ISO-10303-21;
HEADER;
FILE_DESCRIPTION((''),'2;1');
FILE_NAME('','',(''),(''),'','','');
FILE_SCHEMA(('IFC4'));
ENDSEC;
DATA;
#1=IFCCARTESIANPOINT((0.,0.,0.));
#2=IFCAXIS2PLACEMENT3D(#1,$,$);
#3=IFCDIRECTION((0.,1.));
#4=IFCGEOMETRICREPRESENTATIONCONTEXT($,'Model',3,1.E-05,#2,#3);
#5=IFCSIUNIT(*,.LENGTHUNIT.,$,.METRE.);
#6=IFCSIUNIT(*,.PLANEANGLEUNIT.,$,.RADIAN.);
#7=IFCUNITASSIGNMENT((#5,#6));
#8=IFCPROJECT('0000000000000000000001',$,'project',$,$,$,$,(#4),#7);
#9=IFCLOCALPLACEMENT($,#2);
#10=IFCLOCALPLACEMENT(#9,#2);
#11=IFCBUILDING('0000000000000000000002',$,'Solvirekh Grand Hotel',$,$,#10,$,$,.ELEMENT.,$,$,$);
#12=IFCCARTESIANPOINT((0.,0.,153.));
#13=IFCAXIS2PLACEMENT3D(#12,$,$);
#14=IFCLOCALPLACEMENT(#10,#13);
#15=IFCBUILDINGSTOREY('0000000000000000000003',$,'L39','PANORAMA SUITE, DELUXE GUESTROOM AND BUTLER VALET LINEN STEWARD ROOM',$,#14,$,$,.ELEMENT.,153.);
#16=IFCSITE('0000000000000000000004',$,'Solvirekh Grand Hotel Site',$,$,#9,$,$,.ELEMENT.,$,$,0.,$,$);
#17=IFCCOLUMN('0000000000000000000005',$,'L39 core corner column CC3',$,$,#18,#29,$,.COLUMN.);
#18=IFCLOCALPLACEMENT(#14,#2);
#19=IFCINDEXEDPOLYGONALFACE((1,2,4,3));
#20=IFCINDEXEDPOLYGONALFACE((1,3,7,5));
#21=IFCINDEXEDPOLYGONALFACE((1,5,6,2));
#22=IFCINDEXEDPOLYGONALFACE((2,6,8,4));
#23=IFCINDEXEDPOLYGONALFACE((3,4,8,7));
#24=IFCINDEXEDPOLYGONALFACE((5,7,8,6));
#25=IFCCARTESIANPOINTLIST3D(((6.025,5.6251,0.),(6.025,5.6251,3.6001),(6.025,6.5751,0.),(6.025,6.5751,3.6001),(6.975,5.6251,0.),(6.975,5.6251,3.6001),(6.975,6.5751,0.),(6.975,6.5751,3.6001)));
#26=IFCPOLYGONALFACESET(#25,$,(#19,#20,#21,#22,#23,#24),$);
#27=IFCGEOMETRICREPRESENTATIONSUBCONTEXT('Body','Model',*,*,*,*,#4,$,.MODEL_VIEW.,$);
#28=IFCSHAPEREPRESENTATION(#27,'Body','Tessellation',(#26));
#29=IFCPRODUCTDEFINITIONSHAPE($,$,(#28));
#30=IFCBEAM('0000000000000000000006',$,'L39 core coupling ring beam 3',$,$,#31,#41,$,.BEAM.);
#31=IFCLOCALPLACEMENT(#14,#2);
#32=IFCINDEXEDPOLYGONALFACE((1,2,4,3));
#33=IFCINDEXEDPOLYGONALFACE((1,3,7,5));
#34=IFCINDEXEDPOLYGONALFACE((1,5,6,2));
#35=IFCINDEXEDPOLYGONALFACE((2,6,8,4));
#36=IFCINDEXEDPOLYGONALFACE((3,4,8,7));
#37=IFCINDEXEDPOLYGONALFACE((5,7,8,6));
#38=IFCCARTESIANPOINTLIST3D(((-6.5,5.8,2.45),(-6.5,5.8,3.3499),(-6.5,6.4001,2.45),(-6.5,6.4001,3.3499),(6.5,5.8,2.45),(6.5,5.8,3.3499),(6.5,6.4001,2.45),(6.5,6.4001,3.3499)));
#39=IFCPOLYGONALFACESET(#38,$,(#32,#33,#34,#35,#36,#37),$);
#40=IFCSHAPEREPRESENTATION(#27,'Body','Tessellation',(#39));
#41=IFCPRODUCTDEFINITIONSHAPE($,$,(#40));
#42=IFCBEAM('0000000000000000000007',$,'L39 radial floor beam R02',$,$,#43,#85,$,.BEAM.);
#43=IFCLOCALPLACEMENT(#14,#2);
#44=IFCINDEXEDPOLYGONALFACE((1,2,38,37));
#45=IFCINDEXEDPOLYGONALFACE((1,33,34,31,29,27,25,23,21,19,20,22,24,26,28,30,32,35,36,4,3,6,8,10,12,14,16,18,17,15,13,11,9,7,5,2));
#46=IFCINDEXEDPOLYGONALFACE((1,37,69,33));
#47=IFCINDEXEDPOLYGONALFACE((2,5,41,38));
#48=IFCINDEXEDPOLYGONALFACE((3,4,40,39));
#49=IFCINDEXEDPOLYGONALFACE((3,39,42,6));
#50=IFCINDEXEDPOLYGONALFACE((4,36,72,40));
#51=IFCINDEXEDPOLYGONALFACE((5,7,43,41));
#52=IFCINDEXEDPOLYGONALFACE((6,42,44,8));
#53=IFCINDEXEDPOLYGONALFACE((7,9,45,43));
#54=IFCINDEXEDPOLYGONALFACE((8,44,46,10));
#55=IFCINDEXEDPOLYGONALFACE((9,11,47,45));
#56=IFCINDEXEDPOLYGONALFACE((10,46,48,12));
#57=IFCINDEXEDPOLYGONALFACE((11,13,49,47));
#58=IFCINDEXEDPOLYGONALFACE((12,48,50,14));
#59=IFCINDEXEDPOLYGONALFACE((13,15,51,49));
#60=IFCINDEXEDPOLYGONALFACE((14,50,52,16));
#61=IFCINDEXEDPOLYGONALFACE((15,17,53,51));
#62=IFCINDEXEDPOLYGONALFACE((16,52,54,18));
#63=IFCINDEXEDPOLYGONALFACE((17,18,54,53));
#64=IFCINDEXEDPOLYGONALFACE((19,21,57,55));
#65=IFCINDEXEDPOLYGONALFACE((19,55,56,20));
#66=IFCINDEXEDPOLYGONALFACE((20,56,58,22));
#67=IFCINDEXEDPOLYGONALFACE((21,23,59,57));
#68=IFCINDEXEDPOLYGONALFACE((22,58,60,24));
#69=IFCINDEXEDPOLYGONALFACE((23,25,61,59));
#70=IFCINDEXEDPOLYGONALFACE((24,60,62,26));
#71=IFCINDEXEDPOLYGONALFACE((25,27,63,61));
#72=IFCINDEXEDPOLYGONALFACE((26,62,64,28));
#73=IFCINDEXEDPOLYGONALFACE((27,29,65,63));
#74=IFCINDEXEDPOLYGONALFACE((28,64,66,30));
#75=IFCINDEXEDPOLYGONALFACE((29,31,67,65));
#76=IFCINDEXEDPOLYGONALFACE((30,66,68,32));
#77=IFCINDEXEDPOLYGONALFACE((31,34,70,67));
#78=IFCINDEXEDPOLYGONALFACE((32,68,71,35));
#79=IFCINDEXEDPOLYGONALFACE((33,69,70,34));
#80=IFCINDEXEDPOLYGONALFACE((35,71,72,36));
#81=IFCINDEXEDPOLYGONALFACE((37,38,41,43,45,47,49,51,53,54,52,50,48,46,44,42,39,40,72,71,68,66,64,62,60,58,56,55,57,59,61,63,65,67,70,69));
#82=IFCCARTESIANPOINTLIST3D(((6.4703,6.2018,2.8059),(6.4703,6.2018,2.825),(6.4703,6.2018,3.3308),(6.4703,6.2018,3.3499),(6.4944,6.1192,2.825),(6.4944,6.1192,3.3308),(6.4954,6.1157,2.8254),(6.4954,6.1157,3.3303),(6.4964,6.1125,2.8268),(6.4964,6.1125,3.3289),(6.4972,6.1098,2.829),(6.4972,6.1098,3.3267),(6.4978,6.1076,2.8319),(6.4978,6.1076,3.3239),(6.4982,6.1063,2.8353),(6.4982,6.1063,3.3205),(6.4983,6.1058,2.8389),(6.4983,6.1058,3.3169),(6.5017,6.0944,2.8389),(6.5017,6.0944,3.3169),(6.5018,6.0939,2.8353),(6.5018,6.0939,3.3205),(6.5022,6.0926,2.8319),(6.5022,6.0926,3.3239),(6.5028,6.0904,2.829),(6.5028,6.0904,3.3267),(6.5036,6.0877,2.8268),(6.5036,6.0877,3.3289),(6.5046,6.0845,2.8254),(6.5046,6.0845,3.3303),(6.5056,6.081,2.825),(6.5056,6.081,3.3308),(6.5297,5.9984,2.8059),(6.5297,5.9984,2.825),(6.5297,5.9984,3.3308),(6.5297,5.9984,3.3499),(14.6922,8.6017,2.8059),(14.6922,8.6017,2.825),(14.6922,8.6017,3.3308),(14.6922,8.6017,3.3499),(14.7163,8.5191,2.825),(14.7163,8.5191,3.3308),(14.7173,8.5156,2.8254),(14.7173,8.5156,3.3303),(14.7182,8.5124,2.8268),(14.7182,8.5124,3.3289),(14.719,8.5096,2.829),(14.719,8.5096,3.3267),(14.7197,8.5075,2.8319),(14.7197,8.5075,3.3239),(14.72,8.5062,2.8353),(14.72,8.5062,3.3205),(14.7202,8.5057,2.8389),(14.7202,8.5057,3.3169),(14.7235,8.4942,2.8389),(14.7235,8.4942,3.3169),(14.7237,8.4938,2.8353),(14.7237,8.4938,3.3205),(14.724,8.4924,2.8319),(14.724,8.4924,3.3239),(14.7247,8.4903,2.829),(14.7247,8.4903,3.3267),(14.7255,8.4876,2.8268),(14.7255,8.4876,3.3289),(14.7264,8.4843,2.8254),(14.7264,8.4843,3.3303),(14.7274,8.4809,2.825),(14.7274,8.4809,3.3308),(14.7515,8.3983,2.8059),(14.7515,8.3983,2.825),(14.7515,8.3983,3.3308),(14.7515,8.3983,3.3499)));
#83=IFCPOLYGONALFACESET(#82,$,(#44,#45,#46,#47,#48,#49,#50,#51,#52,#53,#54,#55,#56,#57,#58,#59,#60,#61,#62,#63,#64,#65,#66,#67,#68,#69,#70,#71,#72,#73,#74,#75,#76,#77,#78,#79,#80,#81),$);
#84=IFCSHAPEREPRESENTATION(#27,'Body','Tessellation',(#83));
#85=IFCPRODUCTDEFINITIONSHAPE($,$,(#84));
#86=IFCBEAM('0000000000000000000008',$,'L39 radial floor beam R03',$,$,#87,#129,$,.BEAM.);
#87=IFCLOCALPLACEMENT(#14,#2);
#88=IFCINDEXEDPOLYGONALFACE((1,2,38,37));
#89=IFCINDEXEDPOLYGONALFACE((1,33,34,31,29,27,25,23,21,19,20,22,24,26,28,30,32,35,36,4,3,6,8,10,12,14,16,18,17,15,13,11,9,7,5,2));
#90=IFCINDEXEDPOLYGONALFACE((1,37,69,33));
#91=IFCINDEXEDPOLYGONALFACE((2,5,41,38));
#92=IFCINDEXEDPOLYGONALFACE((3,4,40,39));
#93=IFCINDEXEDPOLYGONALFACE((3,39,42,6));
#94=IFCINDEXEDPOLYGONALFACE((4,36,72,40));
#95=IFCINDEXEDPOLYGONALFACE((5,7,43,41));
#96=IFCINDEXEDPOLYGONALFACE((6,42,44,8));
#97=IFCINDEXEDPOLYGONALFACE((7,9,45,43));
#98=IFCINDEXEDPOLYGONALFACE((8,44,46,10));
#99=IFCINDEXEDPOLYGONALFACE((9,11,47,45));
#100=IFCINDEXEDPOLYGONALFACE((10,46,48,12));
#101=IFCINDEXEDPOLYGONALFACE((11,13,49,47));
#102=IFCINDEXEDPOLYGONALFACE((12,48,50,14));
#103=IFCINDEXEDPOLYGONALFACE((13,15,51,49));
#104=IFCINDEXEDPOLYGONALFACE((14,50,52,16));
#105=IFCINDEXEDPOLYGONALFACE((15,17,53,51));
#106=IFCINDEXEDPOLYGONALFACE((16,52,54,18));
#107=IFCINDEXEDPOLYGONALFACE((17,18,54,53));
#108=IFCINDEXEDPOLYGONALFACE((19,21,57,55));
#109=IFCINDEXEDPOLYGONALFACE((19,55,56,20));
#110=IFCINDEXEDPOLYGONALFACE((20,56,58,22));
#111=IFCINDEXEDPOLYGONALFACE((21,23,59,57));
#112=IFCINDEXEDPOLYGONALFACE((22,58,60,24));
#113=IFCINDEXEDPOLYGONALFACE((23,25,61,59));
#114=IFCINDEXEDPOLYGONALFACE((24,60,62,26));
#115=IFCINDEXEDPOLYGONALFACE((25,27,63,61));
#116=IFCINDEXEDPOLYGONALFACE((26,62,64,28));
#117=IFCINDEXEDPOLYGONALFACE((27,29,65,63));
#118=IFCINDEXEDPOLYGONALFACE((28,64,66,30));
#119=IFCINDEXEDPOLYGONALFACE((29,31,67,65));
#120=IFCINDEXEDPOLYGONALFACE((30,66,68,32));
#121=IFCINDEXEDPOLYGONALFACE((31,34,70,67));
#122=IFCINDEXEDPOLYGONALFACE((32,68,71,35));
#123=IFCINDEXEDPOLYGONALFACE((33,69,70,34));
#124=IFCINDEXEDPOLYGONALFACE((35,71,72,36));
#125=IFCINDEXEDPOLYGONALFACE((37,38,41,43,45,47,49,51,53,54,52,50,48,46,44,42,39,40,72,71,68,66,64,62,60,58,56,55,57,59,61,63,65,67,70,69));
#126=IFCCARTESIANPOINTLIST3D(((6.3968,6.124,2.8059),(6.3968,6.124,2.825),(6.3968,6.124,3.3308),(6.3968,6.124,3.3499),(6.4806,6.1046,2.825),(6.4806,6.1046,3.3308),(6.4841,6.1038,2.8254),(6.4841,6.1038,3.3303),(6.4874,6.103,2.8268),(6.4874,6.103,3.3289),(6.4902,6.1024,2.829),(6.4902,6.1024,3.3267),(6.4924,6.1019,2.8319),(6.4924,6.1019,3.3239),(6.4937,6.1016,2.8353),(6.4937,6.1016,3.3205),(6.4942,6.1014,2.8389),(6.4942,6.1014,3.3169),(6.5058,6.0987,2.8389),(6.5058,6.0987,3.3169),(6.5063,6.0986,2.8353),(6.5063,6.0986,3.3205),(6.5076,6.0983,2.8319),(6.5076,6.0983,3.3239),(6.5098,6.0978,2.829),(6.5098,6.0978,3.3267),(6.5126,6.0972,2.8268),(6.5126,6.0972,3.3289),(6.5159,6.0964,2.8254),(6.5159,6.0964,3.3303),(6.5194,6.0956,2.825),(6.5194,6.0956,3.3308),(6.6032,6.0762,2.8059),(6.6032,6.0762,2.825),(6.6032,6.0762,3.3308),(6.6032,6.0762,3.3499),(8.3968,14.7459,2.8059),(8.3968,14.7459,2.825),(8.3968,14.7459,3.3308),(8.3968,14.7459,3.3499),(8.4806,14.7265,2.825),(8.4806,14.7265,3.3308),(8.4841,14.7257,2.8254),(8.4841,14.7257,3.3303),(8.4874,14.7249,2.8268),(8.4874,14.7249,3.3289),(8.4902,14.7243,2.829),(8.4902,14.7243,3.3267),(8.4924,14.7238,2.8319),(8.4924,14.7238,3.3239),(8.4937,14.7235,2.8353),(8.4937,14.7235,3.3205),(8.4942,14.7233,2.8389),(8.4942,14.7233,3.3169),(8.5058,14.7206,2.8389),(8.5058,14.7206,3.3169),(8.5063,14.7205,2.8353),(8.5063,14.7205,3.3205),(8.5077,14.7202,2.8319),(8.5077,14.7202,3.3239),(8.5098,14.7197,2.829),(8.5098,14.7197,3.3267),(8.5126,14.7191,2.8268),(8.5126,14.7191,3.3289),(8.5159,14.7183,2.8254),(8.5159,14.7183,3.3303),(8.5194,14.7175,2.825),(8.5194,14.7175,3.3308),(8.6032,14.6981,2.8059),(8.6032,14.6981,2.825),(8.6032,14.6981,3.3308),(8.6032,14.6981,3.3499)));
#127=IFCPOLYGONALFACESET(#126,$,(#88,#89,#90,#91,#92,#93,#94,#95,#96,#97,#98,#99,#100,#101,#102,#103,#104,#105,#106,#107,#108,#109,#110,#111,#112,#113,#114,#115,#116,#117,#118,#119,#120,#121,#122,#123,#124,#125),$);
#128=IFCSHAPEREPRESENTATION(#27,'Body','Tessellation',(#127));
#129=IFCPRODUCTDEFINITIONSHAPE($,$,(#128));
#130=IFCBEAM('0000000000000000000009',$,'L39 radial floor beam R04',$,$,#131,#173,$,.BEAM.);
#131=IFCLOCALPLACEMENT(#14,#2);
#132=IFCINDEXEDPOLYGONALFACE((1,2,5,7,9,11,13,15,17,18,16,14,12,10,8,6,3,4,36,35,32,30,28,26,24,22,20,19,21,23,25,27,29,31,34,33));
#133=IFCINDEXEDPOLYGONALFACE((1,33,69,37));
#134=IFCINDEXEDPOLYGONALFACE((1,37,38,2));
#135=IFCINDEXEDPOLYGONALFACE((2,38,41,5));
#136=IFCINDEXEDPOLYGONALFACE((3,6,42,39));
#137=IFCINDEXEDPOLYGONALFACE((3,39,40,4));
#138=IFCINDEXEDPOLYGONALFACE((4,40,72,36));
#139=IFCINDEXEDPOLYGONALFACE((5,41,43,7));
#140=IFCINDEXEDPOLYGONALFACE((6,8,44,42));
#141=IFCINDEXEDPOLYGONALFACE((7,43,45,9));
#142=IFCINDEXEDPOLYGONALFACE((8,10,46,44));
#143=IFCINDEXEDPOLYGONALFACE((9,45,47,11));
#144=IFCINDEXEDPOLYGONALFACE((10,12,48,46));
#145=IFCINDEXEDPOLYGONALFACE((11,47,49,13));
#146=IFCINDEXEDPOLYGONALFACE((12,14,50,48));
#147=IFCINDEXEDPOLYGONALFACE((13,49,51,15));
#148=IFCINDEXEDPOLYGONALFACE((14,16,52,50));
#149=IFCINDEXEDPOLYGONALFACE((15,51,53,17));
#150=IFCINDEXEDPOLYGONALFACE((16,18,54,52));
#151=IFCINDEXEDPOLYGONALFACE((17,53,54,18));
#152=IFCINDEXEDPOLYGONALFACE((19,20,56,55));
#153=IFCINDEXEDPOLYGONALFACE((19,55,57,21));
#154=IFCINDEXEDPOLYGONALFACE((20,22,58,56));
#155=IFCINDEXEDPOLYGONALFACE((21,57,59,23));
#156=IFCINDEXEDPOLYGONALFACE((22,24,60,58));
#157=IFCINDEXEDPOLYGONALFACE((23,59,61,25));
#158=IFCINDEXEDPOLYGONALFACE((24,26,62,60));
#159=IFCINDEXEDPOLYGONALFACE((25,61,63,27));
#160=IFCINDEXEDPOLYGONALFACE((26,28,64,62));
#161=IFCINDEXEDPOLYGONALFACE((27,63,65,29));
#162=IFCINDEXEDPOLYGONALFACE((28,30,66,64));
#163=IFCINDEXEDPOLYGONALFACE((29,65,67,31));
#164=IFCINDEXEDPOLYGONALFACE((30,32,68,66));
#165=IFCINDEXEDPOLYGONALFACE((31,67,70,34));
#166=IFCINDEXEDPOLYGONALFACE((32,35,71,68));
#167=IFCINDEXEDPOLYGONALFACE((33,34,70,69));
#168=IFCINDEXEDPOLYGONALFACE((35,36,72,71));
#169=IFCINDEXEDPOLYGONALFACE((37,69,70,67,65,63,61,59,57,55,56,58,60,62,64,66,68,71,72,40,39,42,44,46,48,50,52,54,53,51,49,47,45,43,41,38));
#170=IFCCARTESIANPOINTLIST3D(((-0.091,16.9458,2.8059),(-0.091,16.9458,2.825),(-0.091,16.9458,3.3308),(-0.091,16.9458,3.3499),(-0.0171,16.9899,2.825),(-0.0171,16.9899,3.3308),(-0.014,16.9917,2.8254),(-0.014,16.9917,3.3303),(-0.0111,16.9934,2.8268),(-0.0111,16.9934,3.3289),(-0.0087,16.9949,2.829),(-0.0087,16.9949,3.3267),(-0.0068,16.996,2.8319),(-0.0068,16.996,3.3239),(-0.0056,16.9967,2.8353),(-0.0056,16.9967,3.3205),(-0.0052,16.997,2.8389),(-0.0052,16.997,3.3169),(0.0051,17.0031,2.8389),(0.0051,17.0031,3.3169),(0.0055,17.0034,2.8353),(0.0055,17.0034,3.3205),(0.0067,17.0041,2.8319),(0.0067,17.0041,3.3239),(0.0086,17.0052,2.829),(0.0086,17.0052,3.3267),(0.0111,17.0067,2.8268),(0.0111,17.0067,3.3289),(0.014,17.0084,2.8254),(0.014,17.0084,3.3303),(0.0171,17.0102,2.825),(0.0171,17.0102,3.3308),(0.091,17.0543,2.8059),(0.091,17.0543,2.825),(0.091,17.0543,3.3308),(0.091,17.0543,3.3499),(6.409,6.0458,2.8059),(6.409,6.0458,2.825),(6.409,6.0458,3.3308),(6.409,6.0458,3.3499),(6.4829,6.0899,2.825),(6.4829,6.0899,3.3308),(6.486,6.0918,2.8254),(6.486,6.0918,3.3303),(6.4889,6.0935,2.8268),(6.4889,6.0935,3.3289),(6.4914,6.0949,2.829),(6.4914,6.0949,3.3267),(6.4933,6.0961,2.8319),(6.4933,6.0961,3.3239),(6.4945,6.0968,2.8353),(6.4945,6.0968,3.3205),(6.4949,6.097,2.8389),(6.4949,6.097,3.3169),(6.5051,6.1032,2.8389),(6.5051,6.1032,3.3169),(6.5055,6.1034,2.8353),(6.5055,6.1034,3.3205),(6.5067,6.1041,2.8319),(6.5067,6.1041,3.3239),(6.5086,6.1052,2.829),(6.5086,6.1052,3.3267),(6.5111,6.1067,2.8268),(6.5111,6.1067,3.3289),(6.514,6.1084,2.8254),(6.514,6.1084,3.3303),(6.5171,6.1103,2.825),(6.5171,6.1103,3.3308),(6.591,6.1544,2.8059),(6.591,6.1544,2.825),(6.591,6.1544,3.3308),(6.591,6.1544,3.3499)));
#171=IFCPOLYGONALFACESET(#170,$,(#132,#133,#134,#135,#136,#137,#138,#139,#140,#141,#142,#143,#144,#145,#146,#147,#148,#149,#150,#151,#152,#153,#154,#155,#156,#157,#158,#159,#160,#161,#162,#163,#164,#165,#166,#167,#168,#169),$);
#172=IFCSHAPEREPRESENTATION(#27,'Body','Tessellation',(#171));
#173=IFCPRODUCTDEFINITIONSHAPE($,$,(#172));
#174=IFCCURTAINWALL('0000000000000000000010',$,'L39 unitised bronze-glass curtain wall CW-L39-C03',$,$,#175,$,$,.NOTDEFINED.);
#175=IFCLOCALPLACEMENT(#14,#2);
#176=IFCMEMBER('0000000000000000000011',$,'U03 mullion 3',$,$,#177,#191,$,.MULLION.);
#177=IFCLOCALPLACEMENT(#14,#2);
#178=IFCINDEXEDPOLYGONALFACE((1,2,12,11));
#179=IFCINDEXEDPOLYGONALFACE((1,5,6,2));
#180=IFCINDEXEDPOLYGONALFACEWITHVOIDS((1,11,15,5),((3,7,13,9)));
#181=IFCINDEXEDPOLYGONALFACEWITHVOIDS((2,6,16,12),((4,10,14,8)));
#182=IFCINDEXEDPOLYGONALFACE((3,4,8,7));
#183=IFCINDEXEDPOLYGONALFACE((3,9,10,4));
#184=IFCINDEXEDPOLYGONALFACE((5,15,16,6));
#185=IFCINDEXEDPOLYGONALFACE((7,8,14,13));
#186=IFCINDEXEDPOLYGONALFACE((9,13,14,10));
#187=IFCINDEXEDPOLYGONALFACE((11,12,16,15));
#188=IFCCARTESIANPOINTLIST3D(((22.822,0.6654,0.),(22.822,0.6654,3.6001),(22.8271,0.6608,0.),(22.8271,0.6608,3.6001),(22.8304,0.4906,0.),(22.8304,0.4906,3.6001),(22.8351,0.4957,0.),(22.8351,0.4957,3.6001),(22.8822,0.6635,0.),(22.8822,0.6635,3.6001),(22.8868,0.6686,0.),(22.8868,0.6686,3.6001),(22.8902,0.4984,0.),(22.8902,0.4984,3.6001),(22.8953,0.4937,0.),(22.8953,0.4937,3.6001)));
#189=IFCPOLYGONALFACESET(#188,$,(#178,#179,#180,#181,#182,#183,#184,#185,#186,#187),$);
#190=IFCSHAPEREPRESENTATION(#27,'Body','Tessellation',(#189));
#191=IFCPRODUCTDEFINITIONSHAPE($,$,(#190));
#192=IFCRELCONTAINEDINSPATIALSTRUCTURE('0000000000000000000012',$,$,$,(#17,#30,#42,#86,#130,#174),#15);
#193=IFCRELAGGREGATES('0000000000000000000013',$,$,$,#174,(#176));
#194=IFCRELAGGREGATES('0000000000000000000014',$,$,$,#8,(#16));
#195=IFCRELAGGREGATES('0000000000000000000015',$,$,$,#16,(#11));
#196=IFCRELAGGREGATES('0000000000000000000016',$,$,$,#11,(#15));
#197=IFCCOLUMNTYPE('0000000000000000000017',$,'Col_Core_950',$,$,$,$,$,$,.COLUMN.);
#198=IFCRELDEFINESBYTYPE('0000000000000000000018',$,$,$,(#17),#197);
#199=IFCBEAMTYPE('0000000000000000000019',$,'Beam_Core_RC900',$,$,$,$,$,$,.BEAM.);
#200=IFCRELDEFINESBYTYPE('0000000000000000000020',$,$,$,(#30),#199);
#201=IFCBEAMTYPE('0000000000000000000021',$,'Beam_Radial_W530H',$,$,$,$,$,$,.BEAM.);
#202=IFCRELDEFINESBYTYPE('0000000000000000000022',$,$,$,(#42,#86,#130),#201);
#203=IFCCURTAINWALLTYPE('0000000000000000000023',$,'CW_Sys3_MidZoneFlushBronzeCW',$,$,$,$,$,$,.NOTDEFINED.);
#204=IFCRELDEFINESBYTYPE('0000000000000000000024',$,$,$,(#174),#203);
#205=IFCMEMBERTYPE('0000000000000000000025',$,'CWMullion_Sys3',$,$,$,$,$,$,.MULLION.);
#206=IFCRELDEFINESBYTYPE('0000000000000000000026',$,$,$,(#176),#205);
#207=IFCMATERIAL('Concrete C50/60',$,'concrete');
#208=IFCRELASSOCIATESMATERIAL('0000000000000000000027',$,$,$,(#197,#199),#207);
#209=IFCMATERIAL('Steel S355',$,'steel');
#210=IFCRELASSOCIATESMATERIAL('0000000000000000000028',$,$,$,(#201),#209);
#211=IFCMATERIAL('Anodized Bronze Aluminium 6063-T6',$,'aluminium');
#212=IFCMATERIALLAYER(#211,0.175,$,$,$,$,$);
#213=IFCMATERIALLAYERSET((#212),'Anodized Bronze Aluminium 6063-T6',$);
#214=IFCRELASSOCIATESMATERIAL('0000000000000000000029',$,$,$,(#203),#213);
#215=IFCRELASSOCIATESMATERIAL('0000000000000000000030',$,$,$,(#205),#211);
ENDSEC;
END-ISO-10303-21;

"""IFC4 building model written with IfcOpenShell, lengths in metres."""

from ifc_helpers import new_model, si_unit, direction, frame, origin, origin_2d, place, context, subcontext, project, spatial, rectangle, hollow_rectangle, i_section, extrude, source, transform, mapped, material, layer, layer_set, material_profile, profile_set, type_object, element, aggregate, save


model = new_model("IFC4")

# Units and contexts
model_context = context("Model", 3, precision=1e-05, world=origin(), true_north=direction((0.0, 1.0)))
body_context = subcontext(model_context, "Body", "Model", "MODEL_VIEW")
ifc_project = project(units=[si_unit("LENGTHUNIT", "METRE"), si_unit("PLANEANGLEUNIT", "RADIAN")], contexts=[model_context])

# Site, building, storey
site_placement = place(None, origin())
site = spatial("IfcSite", under=ifc_project, at=site_placement, Name="Solvirekh Grand Hotel Site", CompositionType="ELEMENT", RefElevation=0.0)
building_placement = place(site_placement, origin())
building = spatial("IfcBuilding", under=site, at=building_placement, Name="Solvirekh Grand Hotel", CompositionType="ELEMENT")
storey_placement = place(building_placement, frame((0.0, 0.0, 153.0)))
storey = spatial("IfcBuildingStorey", under=building, at=storey_placement, Name="L39", Description="PANORAMA SUITE, DELUXE GUESTROOM AND BUTLER VALET LINEN STEWARD ROOM", CompositionType="ELEMENT", Elevation=153.0)

# Column
ifc_material_1 = material(Name="Concrete C50/60", Category="concrete")
ifc_material_profile_1 = material_profile(ifc_material_1, rectangle(XDim=0.95, YDim=0.95, at=origin_2d()), Name="RC 950X950")
ifc_profile_set_1 = profile_set([ifc_material_profile_1], Name="Concrete C50/60")
column_type = type_object("IfcColumnType", Name="Col_Core_950", PredefinedType="COLUMN", material=ifc_profile_set_1)
column_placement = place(storey_placement, frame((6.5, 6.1001, 0.0), z_axis=(0.0, 0.0, 1.0), x_axis=(1.0, 0.0, 0.0)))
element("IfcColumn", 1, at=column_placement, inside=storey, type_object=column_type, Name="L39 core corner column CC3", PredefinedType="COLUMN", context=body_context, shape_type="SweptSolid", body=[
    extrude(rectangle(XDim=0.95, YDim=0.95, at=origin_2d()), origin(), (0.0, 0.0, 1.0), 3.6001),
])

# Beams
ifc_material_profile_2 = material_profile(ifc_material_1, rectangle(XDim=0.6001, YDim=0.8999, at=origin_2d()), Name="RC BEAM 600X900")
ifc_profile_set_2 = profile_set([ifc_material_profile_2], Name="Concrete C50/60")
beam_type_1 = type_object("IfcBeamType", Name="Beam_Core_RC900", PredefinedType="BEAM", material=ifc_profile_set_2)
beam_1_placement = place(storey_placement, frame((6.5, 6.1001, 2.8999), z_axis=(-1.0, 0.0, 0.0), x_axis=(0.0, -1.0, 0.0)))
element("IfcBeam", 2, at=beam_1_placement, inside=storey, type_object=beam_type_1, Name="L39 core coupling ring beam 3", PredefinedType="BEAM", context=body_context, shape_type="SweptSolid", body=[
    extrude(rectangle(XDim=0.6001, YDim=0.8999, at=origin_2d()), origin(), (0.0, 0.0, 1.0), 13.0),
])
ifc_material_2 = material(Name="Steel S355", Category="steel")
ifc_material_profile_3 = material_profile(ifc_material_2, i_section(OverallWidth=0.2119, OverallDepth=0.5439, WebThickness=0.012, FlangeThickness=0.019, FilletRadius=0.0139, at=origin_2d()), Name="W530X123")
ifc_profile_set_3 = profile_set([ifc_material_profile_3], Name="Steel S355")
beam_type_2 = type_object("IfcBeamType", Name="Beam_Radial_W530H", PredefinedType="BEAM", material=ifc_profile_set_3)
beam_2_placement = place(storey_placement, frame((6.5, 6.1001, 3.0779), z_axis=(0.959942, 0.280198, 0.0), x_axis=(-0.280198, 0.959942, 0.0)))
element("IfcBeam", 3, at=beam_2_placement, inside=storey, type_object=beam_type_2, Name="L39 radial floor beam R02", PredefinedType="BEAM", context=body_context, shape_type="SweptSolid", body=[
    extrude(i_section(OverallWidth=0.2119, OverallDepth=0.5439, WebThickness=0.012, FlangeThickness=0.019, FilletRadius=0.0139, at=origin_2d()), origin(), (0.0, 0.0, 1.0), 8.5649),
])
beam_3_placement = place(storey_placement, frame((6.5, 6.1001, 3.0779), z_axis=(0.225969, 0.974134, 0.0), x_axis=(-0.974134, 0.225969, 0.0)))
element("IfcBeam", 4, at=beam_3_placement, inside=storey, type_object=beam_type_2, Name="L39 radial floor beam R03", PredefinedType="BEAM", context=body_context, shape_type="SweptSolid", body=[
    extrude(i_section(OverallWidth=0.2119, OverallDepth=0.5439, WebThickness=0.012, FlangeThickness=0.019, FilletRadius=0.0139, at=origin_2d()), origin(), (0.0, 0.0, 1.0), 8.8508),
])
beam_4_placement = place(storey_placement, frame((6.5, 6.1001, 3.0779), z_axis=(-0.51218, 0.858878, 0.0), x_axis=(-0.858878, -0.51218, 0.0)))
element("IfcBeam", 5, at=beam_4_placement, inside=storey, type_object=beam_type_2, Name="L39 radial floor beam R04", PredefinedType="BEAM", context=body_context, shape_type="SweptSolid", body=[
    extrude(i_section(OverallWidth=0.2119, OverallDepth=0.5439, WebThickness=0.012, FlangeThickness=0.019, FilletRadius=0.0139, at=origin_2d()), origin(), (0.0, 0.0, 1.0), 12.6909),
])

# Curtain wall, member
ifc_material_3 = material(Name="Anodized Bronze Aluminium 6063-T6", Category="aluminium")
ifc_layer_1 = layer(ifc_material_3, 0.175)
ifc_layer_set_1 = layer_set([ifc_layer_1], Name="Anodized Bronze Aluminium 6063-T6")
curtain_wall_type = type_object("IfcCurtainWallType", Name="CW_Sys3_MidZoneFlushBronzeCW", PredefinedType="NOTDEFINED", material=ifc_layer_set_1)
curtain_wall_placement = place(storey_placement, origin())
curtain_wall = element("IfcCurtainWall", 6, at=curtain_wall_placement, inside=storey, type_object=curtain_wall_type, Name="L39 unitised bronze-glass curtain wall CW-L39-C03", PredefinedType="NOTDEFINED")
ifc_material_profile_4 = material_profile(ifc_material_3, hollow_rectangle(XDim=0.0649, YDim=0.175, WallThickness=0.0049, at=origin_2d()), Name="ALU RHS 175X65X5")
ifc_profile_set_4 = profile_set([ifc_material_profile_4], Name="Anodized Bronze Aluminium 6063-T6")
member_type = type_object("IfcMemberType", Name="CWMullion_Sys3", PredefinedType="MULLION", material=ifc_profile_set_4)
shared_shape = source(origin(), body_context, "Body", "SweptSolid", [
    extrude(hollow_rectangle(XDim=0.0649, YDim=0.175, WallThickness=0.0049, at=origin_2d()), origin(), (0.0, 0.0, 1.0), 3.6001),
])
member_placement = place(storey_placement, frame((22.8586, 0.5796, 0.0), z_axis=(0.0, 0.0, 1.0), x_axis=(-0.99883, -0.04836, 0.0)))
member = element("IfcMember", 7, at=member_placement, type_object=member_type, Name="U03 mullion 3", PredefinedType="MULLION", context=body_context, shape_type="MappedRepresentation", body=[
    mapped(shared_shape, transform((0.0, 0.0, 0.0), x_axis=(1.0, 0.0, 0.0), y_axis=(0.0, 1.0, 0.0), z_axis=(0.0, 0.0, 1.0), scale=1.0)),
])
aggregate(curtain_wall, [member])

save(model, "model.ifc")
